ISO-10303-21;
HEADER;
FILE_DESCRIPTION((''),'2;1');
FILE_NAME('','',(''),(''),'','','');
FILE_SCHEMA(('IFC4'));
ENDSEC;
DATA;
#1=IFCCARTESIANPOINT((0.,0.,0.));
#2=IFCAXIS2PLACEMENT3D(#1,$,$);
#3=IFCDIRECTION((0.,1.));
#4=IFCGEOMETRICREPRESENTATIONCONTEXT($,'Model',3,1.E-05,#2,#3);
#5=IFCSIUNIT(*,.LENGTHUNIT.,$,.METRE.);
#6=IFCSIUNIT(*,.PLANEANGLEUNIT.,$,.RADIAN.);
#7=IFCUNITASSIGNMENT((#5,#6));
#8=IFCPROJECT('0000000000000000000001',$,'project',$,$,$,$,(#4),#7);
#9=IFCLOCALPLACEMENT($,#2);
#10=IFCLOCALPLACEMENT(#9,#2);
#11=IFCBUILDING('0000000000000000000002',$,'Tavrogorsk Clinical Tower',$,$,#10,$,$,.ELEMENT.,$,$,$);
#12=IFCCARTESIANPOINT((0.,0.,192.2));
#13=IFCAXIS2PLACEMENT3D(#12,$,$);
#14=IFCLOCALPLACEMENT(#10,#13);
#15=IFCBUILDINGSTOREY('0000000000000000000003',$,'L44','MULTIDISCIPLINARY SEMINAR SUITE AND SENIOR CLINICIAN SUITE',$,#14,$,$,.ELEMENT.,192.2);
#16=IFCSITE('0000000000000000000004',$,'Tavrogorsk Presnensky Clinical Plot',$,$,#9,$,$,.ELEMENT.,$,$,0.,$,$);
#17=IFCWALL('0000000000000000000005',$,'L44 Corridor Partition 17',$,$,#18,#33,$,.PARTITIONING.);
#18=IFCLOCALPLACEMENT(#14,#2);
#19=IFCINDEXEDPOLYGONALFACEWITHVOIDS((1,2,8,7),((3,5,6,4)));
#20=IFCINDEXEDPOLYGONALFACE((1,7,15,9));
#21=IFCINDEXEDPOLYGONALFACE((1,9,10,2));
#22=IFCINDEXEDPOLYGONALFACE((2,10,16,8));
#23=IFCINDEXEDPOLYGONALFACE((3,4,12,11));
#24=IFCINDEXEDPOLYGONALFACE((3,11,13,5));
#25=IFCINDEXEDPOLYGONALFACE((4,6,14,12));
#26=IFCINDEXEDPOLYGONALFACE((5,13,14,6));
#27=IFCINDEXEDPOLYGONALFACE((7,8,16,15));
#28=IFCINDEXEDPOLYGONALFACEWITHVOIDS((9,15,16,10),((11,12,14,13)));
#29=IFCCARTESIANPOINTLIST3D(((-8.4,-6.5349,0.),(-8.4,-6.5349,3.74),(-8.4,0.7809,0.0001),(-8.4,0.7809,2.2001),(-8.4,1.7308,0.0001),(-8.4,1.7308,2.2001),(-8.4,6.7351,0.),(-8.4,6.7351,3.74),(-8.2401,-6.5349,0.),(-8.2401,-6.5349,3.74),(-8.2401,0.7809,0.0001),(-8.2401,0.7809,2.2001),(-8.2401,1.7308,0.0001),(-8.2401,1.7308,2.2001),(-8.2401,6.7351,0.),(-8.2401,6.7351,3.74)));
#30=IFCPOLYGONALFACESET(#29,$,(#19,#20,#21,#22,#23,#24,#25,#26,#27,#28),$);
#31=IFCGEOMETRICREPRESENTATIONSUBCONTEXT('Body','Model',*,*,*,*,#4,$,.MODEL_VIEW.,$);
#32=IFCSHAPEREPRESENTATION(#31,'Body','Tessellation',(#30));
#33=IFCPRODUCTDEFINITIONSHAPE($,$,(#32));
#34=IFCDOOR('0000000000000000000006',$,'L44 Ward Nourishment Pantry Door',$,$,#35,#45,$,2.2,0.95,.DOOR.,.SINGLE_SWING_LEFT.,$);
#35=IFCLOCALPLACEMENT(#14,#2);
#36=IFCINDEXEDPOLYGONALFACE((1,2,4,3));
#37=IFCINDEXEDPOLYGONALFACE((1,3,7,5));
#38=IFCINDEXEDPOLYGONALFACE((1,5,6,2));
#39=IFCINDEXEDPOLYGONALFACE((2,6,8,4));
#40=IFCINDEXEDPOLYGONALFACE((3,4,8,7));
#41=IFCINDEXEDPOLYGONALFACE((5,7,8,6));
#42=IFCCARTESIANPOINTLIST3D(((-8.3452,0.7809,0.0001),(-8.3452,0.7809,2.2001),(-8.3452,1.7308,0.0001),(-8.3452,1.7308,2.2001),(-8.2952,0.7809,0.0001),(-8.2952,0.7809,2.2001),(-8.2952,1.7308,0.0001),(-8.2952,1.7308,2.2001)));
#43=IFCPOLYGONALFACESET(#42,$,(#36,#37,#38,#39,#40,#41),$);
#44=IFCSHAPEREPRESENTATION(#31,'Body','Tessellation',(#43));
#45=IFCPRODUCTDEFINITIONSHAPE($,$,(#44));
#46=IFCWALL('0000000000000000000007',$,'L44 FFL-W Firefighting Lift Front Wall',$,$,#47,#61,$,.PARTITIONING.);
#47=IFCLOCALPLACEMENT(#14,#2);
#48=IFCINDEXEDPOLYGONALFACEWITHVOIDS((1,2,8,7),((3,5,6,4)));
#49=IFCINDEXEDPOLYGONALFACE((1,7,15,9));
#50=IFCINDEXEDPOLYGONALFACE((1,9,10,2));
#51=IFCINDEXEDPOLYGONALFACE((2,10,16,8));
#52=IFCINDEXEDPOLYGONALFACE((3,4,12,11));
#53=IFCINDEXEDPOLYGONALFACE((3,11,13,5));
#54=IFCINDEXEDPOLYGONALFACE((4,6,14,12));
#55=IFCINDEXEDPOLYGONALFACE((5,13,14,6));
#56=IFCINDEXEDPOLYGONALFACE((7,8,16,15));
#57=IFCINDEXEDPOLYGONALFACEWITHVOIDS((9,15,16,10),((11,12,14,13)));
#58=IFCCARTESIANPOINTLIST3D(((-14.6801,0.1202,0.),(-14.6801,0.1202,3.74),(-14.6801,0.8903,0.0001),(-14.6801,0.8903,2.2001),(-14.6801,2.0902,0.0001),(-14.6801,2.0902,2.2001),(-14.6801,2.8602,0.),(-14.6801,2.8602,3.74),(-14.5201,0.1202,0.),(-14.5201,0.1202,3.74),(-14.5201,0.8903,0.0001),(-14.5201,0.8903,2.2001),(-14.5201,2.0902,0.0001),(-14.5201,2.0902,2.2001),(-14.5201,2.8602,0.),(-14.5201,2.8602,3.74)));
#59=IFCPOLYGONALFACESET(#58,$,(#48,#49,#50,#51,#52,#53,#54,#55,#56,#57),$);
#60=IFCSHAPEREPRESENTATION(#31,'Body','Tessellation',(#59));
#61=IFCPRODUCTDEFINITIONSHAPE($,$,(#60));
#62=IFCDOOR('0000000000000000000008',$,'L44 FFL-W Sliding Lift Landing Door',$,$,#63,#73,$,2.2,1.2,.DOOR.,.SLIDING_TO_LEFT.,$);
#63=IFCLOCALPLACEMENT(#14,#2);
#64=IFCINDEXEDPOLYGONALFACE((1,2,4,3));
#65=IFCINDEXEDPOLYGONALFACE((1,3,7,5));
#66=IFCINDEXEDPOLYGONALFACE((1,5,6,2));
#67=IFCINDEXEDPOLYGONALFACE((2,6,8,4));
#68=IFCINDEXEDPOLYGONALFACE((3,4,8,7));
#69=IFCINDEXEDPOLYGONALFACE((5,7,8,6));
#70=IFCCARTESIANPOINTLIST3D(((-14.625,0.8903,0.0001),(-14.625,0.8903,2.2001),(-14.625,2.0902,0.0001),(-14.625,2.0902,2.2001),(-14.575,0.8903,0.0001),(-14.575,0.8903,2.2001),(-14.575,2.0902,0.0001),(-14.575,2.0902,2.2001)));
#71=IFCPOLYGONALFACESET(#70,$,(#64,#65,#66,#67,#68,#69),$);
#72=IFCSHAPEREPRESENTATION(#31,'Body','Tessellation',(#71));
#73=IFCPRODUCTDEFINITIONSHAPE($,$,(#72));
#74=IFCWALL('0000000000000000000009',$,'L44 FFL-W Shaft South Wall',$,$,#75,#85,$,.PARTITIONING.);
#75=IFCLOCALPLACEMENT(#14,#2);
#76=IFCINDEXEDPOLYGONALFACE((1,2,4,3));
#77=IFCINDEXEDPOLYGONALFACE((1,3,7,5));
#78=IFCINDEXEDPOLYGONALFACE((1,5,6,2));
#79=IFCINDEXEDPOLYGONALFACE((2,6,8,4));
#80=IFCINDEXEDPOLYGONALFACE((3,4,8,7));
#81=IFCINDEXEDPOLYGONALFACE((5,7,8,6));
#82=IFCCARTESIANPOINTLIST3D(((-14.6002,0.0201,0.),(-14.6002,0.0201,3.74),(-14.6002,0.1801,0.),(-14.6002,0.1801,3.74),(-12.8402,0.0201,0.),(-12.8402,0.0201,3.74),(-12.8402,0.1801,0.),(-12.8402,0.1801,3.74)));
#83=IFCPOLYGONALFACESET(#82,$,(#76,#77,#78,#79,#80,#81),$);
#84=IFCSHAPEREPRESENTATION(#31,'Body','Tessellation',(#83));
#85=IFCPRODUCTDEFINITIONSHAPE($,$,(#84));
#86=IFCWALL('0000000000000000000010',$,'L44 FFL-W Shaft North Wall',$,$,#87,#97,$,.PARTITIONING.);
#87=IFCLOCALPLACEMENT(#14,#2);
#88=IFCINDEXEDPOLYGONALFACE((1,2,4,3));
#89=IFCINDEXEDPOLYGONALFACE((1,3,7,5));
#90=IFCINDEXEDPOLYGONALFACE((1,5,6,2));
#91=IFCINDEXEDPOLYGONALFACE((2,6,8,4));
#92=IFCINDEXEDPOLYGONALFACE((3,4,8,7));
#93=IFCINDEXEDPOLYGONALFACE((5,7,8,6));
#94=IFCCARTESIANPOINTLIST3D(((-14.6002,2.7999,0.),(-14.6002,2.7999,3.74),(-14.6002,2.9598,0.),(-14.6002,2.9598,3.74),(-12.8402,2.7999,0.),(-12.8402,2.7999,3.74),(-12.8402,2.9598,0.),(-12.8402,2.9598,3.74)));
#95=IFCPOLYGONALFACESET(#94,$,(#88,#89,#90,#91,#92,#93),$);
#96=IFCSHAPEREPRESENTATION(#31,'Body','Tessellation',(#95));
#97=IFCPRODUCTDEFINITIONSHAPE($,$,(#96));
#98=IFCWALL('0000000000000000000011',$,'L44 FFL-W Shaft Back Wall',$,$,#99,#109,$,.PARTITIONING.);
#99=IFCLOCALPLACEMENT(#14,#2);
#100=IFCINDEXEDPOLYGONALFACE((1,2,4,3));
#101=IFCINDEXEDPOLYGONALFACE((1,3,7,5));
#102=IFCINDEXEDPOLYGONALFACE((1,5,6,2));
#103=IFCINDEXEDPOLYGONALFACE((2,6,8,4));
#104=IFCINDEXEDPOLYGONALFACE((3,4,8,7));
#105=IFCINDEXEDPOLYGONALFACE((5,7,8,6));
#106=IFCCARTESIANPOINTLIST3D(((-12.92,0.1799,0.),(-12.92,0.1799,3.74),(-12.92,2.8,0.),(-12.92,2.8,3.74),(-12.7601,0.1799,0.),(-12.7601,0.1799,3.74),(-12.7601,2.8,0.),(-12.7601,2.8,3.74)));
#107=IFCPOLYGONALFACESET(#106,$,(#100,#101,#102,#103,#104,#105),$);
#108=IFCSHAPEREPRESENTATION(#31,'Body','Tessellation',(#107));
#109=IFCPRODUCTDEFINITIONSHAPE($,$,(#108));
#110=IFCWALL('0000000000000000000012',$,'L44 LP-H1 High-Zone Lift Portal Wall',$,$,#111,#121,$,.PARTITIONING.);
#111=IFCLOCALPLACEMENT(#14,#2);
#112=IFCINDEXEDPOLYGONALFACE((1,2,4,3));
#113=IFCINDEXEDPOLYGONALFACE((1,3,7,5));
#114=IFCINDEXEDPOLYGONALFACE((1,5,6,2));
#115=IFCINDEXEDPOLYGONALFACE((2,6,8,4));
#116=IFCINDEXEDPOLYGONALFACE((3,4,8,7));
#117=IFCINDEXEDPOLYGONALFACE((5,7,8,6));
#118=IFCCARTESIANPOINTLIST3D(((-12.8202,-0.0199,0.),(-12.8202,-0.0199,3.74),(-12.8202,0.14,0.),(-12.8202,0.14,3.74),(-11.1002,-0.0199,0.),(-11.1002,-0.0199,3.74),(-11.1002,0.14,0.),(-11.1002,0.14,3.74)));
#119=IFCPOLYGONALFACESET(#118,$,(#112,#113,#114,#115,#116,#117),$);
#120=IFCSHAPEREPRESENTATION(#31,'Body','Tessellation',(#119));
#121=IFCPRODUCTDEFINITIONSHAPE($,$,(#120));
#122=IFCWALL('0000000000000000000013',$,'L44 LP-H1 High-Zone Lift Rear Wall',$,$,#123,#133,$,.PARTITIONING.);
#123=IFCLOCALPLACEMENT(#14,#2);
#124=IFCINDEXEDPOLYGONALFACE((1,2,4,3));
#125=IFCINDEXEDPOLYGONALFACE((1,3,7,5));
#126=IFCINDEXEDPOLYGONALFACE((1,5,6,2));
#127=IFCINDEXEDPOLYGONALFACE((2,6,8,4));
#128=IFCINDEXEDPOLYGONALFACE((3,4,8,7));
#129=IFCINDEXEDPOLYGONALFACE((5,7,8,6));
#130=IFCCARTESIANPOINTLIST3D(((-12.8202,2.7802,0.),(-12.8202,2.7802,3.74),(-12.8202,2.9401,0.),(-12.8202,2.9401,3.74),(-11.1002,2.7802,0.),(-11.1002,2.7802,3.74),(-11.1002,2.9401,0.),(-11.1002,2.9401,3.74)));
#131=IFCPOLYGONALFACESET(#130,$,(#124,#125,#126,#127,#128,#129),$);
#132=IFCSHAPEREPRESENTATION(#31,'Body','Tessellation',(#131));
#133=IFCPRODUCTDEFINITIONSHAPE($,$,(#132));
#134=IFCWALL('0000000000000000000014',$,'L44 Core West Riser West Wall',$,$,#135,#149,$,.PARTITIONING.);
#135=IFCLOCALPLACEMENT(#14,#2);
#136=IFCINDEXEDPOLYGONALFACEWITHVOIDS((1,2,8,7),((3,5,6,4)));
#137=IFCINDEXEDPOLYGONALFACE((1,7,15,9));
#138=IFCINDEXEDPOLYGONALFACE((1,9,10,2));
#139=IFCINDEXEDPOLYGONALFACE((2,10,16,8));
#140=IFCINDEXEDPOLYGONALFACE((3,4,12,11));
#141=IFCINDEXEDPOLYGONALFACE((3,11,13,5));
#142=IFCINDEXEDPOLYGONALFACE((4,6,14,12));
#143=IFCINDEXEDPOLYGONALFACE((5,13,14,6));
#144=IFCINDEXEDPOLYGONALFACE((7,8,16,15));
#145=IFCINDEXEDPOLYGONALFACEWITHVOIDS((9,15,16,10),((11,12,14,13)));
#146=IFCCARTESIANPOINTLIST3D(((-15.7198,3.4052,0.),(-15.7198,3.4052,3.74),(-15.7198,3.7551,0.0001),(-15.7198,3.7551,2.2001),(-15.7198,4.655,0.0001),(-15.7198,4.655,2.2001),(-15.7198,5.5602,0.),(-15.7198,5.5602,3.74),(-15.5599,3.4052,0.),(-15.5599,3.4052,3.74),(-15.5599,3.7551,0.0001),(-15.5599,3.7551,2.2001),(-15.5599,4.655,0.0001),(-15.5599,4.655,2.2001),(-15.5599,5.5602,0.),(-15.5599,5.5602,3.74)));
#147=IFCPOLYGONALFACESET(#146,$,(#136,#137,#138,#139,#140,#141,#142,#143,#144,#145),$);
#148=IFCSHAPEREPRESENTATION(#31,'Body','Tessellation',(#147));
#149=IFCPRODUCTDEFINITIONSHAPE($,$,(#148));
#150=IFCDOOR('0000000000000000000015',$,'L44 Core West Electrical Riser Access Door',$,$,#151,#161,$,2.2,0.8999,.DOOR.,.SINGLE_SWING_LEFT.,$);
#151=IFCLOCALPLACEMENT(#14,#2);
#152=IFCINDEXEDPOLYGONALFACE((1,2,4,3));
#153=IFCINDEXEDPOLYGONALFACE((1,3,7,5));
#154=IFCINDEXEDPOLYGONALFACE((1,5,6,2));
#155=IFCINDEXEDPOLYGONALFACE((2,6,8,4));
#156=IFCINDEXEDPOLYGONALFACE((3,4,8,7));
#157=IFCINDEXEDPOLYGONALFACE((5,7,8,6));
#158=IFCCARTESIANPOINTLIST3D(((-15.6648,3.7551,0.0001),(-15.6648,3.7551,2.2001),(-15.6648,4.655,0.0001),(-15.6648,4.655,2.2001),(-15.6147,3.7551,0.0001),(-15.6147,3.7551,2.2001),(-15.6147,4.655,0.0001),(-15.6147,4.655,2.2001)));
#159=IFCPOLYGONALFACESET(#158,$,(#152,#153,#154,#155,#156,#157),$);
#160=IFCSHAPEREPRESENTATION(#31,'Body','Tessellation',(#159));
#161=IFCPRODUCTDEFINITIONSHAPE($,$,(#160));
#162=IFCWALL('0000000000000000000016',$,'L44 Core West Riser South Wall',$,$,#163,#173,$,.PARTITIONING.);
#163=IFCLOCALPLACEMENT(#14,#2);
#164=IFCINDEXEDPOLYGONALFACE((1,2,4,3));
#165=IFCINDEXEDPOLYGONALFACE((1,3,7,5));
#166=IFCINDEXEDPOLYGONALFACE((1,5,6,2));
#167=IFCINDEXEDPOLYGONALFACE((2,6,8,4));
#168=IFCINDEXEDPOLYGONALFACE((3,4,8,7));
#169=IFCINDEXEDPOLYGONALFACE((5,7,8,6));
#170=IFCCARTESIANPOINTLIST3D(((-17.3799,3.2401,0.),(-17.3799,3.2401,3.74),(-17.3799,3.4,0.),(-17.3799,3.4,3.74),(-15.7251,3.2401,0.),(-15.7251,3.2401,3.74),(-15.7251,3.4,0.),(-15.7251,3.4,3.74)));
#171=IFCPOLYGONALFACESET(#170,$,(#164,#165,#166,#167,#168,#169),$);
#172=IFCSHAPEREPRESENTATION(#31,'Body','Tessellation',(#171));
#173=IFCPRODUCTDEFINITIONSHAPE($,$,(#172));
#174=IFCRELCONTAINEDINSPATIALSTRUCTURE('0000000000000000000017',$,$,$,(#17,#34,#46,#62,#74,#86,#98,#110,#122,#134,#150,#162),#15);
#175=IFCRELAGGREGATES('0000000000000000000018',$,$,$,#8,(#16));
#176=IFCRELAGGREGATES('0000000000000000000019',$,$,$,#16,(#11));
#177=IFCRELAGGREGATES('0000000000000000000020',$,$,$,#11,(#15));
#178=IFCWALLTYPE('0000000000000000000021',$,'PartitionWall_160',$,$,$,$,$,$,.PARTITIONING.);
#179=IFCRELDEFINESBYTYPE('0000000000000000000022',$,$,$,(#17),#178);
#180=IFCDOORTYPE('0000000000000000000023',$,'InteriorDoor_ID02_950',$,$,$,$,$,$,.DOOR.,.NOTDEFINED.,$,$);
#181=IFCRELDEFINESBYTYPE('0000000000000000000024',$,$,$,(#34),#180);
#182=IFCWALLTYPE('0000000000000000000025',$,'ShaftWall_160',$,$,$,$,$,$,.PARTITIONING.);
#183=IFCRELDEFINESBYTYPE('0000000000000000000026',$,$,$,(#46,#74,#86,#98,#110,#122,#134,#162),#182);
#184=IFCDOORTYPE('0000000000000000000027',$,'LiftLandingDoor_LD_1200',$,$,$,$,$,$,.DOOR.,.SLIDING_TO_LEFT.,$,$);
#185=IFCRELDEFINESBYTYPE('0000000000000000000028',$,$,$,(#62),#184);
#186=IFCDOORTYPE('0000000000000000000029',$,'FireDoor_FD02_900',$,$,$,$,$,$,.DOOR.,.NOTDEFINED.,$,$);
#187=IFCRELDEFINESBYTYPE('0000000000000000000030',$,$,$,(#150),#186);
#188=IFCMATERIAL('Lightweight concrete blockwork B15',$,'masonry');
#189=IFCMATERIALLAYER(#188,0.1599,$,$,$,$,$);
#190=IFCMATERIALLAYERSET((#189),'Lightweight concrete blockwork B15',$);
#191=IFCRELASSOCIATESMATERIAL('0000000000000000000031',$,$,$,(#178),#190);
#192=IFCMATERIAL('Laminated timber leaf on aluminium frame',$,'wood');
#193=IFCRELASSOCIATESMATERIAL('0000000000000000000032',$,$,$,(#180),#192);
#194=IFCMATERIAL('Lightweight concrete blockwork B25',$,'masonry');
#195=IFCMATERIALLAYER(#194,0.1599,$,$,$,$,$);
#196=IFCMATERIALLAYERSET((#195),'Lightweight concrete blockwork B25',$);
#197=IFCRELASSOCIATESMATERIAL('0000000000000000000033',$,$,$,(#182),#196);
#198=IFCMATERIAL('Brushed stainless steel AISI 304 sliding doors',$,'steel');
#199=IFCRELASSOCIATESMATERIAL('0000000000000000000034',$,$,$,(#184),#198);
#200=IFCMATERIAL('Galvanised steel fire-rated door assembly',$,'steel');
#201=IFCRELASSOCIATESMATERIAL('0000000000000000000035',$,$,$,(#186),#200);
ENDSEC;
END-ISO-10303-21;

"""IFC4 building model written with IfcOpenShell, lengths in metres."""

from ifc_helpers import new_model, si_unit, direction, frame, frame_2d, origin, place, context, subcontext, project, spatial, rectangle, extrude, material, layer, layer_set, type_object, element, fill, save


model = new_model("IFC4")

# Units and contexts
model_context = context("Model", 3, precision=1e-05, world=origin(), true_north=direction((0.0, 1.0)))
body_context = subcontext(model_context, "Body", "Model", "MODEL_VIEW")
ifc_project = project(units=[si_unit("LENGTHUNIT", "METRE"), si_unit("PLANEANGLEUNIT", "RADIAN")], contexts=[model_context])

# Site, building, storey
site_placement = place(None, origin())
site = spatial("IfcSite", under=ifc_project, at=site_placement, Name="Tavrogorsk Presnensky Clinical Plot", CompositionType="ELEMENT", RefElevation=0.0)
building_placement = place(site_placement, origin())
building = spatial("IfcBuilding", under=site, at=building_placement, Name="Tavrogorsk Clinical Tower", CompositionType="ELEMENT")
storey_placement = place(building_placement, frame((0.0, 0.0, 192.2)))
storey = spatial("IfcBuildingStorey", under=building, at=storey_placement, Name="L44", Description="MULTIDISCIPLINARY SEMINAR SUITE AND SENIOR CLINICIAN SUITE", CompositionType="ELEMENT", Elevation=192.2)

# Shared definitions
ifc_material_1 = material(Name="Lightweight concrete blockwork B15", Category="masonry")
ifc_layer_1 = layer(ifc_material_1, 0.1599)
ifc_layer_set_1 = layer_set([ifc_layer_1], Name="Lightweight concrete blockwork B15")
wall_type_1 = type_object("IfcWallType", Name="PartitionWall_160", PredefinedType="PARTITIONING", material=ifc_layer_set_1)
ifc_material_2 = material(Name="Laminated timber leaf on aluminium frame", Category="wood")
door_type_1 = type_object("IfcDoorType", Name="InteriorDoor_ID02_950", OperationType="NOTDEFINED", PredefinedType="DOOR", material=ifc_material_2)

# Walls, openings, doors
wall_1_placement = place(storey_placement, frame((-8.3201, 6.7351, 0.0), z_axis=(0.0, 0.0, 1.0), x_axis=(0.0, -1.0, 0.0)))
wall_1 = element("IfcWall", 1, at=wall_1_placement, inside=storey, type_object=wall_type_1, Name="L44 Corridor Partition 17", PredefinedType="PARTITIONING", context=body_context, shape_type="SweptSolid", body=[
    extrude(rectangle(XDim=13.27, YDim=0.1599, at=frame_2d((6.635, 0.0))), origin(), (0.0, 0.0, 1.0), 3.74),
])
opening_1_placement = place(wall_1_placement, frame((5.0042, 0.0, 0.0)))
opening_1 = element("IfcOpeningElement", 2, at=opening_1_placement, cuts=wall_1, PredefinedType="OPENING", context=body_context, shape_type="SweptSolid", body=[
    extrude(rectangle(XDim=0.95, YDim=2.2, at=frame_2d((0.4751, 1.1001))), frame((0.0, 0.0898, 0.0), z_axis=(0.0, -1.0, 0.0), x_axis=(1.0, 0.0, 0.0)), (0.0, 0.0, 1.0), 0.1799),
])
door_1_placement = place(opening_1_placement, origin())
door_1 = element("IfcDoor", 3, at=door_1_placement, inside=storey, type_object=door_type_1, Name="L44 Ward Nourishment Pantry Door", OperationType="SINGLE_SWING_LEFT", OverallHeight=2.2, OverallWidth=0.95, PredefinedType="DOOR", context=body_context, shape_type="SweptSolid", body=[
    extrude(rectangle(XDim=0.95, YDim=2.2, at=frame_2d((0.4751, 1.1001))), frame((0.0, 0.0249, 0.0), z_axis=(0.0, -1.0, 0.0), x_axis=(1.0, 0.0, 0.0)), (0.0, 0.0, 1.0), 0.05),
])
fill(opening_1, door_1)
ifc_material_3 = material(Name="Lightweight concrete blockwork B25", Category="masonry")
ifc_layer_2 = layer(ifc_material_3, 0.1599)
ifc_layer_set_2 = layer_set([ifc_layer_2], Name="Lightweight concrete blockwork B25")
wall_type_2 = type_object("IfcWallType", Name="ShaftWall_160", PredefinedType="PARTITIONING", material=ifc_layer_set_2)
wall_2_placement = place(storey_placement, frame((-14.6001, 0.1201, 0.0), z_axis=(0.0, 0.0, 1.0), x_axis=(0.0, 1.0, 0.0)))
wall_2 = element("IfcWall", 4, at=wall_2_placement, inside=storey, type_object=wall_type_2, Name="L44 FFL-W Firefighting Lift Front Wall", PredefinedType="PARTITIONING", context=body_context, shape_type="SweptSolid", body=[
    extrude(rectangle(XDim=2.74, YDim=0.1599, at=frame_2d((1.3701, 0.0))), origin(), (0.0, 0.0, 1.0), 3.74),
])
opening_2_placement = place(wall_2_placement, frame((0.77, 0.0, 0.0)))
opening_2 = element("IfcOpeningElement", 5, at=opening_2_placement, cuts=wall_2, PredefinedType="OPENING", context=body_context, shape_type="SweptSolid", body=[
    extrude(rectangle(XDim=1.2, YDim=2.2, at=frame_2d((0.6001, 1.1001))), frame((0.0, 0.0898, 0.0), z_axis=(0.0, -1.0, 0.0), x_axis=(1.0, 0.0, 0.0)), (0.0, 0.0, 1.0), 0.1799),
])
ifc_material_4 = material(Name="Brushed stainless steel AISI 304 sliding doors", Category="steel")
door_type_2 = type_object("IfcDoorType", Name="LiftLandingDoor_LD_1200", OperationType="SLIDING_TO_LEFT", PredefinedType="DOOR", material=ifc_material_4)
door_2_placement = place(opening_2_placement, origin())
door_2 = element("IfcDoor", 6, at=door_2_placement, inside=storey, type_object=door_type_2, Name="L44 FFL-W Sliding Lift Landing Door", OperationType="SLIDING_TO_LEFT", OverallHeight=2.2, OverallWidth=1.2, PredefinedType="DOOR", context=body_context, shape_type="SweptSolid", body=[
    extrude(rectangle(XDim=1.2, YDim=2.2, at=frame_2d((0.6001, 1.1001))), frame((0.0, 0.0249, 0.0), z_axis=(0.0, -1.0, 0.0), x_axis=(1.0, 0.0, 0.0)), (0.0, 0.0, 1.0), 0.05),
])
fill(opening_2, door_2)

# Walls
for number, where, z_axis, x_axis, name in (
    (7, (-14.6001, 0.1001, 0.0), (0.0, 0.0, 1.0), (1.0, 0.0, 0.0), "L44 FFL-W Shaft South Wall"),
    (8, (-14.6001, 2.8799, 0.0), (0.0, 0.0, 1.0), (1.0, 0.0, 0.0), "L44 FFL-W Shaft North Wall"),
):
    element("IfcWall", number, at=place(storey_placement, frame(where, z_axis=z_axis, x_axis=x_axis)), inside=storey, type_object=wall_type_2, Name=name, PredefinedType="PARTITIONING", context=body_context, shape_type="SweptSolid", body=[
        extrude(rectangle(XDim=1.76, YDim=0.1599, at=frame_2d((0.8799, 0.0))), origin(), (0.0, 0.0, 1.0), 3.74),
    ])
wall_3_placement = place(storey_placement, frame((-12.8401, 0.1799, 0.0), z_axis=(0.0, 0.0, 1.0), x_axis=(0.0, 1.0, 0.0)))
element("IfcWall", 9, at=wall_3_placement, inside=storey, type_object=wall_type_2, Name="L44 FFL-W Shaft Back Wall", PredefinedType="PARTITIONING", context=body_context, shape_type="SweptSolid", body=[
    extrude(rectangle(XDim=2.6201, YDim=0.1599, at=frame_2d((1.3101, 0.0))), origin(), (0.0, 0.0, 1.0), 3.74),
])
for number, where, z_axis, x_axis, name in (
    (10, (-12.8201, 0.0601, 0.0), (0.0, 0.0, 1.0), (1.0, 0.0, 0.0), "L44 LP-H1 High-Zone Lift Portal Wall"),
    (11, (-12.8201, 2.8601, 0.0), (0.0, 0.0, 1.0), (1.0, 0.0, 0.0), "L44 LP-H1 High-Zone Lift Rear Wall"),
):
    element("IfcWall", number, at=place(storey_placement, frame(where, z_axis=z_axis, x_axis=x_axis)), inside=storey, type_object=wall_type_2, Name=name, PredefinedType="PARTITIONING", context=body_context, shape_type="SweptSolid", body=[
        extrude(rectangle(XDim=1.72, YDim=0.1599, at=frame_2d((0.8599, 0.0))), origin(), (0.0, 0.0, 1.0), 3.74),
    ])

# Wall, opening, door
wall_4_placement = place(storey_placement, frame((-15.6399, 3.405, 0.0), z_axis=(0.0, 0.0, 1.0), x_axis=(0.0, 1.0, 0.0)))
wall_4 = element("IfcWall", 12, at=wall_4_placement, inside=storey, type_object=wall_type_2, Name="L44 Core West Riser West Wall", PredefinedType="PARTITIONING", context=body_context, shape_type="SweptSolid", body=[
    extrude(rectangle(XDim=2.155, YDim=0.1599, at=frame_2d((1.0776, 0.0))), origin(), (0.0, 0.0, 1.0), 3.74),
])
opening_3_placement = place(wall_4_placement, frame((0.3501, 0.0, 0.0)))
opening_3 = element("IfcOpeningElement", 13, at=opening_3_placement, cuts=wall_4, PredefinedType="OPENING", context=body_context, shape_type="SweptSolid", body=[
    extrude(rectangle(XDim=0.8999, YDim=2.2, at=frame_2d((0.45, 1.1001))), frame((0.0, 0.0898, 0.0), z_axis=(0.0, -1.0, 0.0), x_axis=(1.0, 0.0, 0.0)), (0.0, 0.0, 1.0), 0.1799),
])
ifc_material_5 = material(Name="Galvanised steel fire-rated door assembly", Category="steel")
door_type_3 = type_object("IfcDoorType", Name="FireDoor_FD02_900", OperationType="NOTDEFINED", PredefinedType="DOOR", material=ifc_material_5)
door_3_placement = place(opening_3_placement, origin())
door_3 = element("IfcDoor", 14, at=door_3_placement, inside=storey, type_object=door_type_3, Name="L44 Core West Electrical Riser Access Door", OperationType="SINGLE_SWING_LEFT", OverallHeight=2.2, OverallWidth=0.8999, PredefinedType="DOOR", context=body_context, shape_type="SweptSolid", body=[
    extrude(rectangle(XDim=0.8999, YDim=2.2, at=frame_2d((0.45, 1.1001))), frame((0.0, 0.0249, 0.0), z_axis=(0.0, -1.0, 0.0), x_axis=(1.0, 0.0, 0.0)), (0.0, 0.0, 1.0), 0.05),
])
fill(opening_3, door_3)

# Wall
wall_5_placement = place(storey_placement, frame((-17.3799, 3.3201, 0.0), z_axis=(0.0, 0.0, 1.0), x_axis=(1.0, 0.0, 0.0)))
element("IfcWall", 15, at=wall_5_placement, inside=storey, type_object=wall_type_2, Name="L44 Core West Riser South Wall", PredefinedType="PARTITIONING", context=body_context, shape_type="SweptSolid", body=[
    extrude(rectangle(XDim=1.6548, YDim=0.1599, at=frame_2d((0.8274, 0.0))), origin(), (0.0, 0.0, 1.0), 3.74),
])

save(model, "model.ifc")
